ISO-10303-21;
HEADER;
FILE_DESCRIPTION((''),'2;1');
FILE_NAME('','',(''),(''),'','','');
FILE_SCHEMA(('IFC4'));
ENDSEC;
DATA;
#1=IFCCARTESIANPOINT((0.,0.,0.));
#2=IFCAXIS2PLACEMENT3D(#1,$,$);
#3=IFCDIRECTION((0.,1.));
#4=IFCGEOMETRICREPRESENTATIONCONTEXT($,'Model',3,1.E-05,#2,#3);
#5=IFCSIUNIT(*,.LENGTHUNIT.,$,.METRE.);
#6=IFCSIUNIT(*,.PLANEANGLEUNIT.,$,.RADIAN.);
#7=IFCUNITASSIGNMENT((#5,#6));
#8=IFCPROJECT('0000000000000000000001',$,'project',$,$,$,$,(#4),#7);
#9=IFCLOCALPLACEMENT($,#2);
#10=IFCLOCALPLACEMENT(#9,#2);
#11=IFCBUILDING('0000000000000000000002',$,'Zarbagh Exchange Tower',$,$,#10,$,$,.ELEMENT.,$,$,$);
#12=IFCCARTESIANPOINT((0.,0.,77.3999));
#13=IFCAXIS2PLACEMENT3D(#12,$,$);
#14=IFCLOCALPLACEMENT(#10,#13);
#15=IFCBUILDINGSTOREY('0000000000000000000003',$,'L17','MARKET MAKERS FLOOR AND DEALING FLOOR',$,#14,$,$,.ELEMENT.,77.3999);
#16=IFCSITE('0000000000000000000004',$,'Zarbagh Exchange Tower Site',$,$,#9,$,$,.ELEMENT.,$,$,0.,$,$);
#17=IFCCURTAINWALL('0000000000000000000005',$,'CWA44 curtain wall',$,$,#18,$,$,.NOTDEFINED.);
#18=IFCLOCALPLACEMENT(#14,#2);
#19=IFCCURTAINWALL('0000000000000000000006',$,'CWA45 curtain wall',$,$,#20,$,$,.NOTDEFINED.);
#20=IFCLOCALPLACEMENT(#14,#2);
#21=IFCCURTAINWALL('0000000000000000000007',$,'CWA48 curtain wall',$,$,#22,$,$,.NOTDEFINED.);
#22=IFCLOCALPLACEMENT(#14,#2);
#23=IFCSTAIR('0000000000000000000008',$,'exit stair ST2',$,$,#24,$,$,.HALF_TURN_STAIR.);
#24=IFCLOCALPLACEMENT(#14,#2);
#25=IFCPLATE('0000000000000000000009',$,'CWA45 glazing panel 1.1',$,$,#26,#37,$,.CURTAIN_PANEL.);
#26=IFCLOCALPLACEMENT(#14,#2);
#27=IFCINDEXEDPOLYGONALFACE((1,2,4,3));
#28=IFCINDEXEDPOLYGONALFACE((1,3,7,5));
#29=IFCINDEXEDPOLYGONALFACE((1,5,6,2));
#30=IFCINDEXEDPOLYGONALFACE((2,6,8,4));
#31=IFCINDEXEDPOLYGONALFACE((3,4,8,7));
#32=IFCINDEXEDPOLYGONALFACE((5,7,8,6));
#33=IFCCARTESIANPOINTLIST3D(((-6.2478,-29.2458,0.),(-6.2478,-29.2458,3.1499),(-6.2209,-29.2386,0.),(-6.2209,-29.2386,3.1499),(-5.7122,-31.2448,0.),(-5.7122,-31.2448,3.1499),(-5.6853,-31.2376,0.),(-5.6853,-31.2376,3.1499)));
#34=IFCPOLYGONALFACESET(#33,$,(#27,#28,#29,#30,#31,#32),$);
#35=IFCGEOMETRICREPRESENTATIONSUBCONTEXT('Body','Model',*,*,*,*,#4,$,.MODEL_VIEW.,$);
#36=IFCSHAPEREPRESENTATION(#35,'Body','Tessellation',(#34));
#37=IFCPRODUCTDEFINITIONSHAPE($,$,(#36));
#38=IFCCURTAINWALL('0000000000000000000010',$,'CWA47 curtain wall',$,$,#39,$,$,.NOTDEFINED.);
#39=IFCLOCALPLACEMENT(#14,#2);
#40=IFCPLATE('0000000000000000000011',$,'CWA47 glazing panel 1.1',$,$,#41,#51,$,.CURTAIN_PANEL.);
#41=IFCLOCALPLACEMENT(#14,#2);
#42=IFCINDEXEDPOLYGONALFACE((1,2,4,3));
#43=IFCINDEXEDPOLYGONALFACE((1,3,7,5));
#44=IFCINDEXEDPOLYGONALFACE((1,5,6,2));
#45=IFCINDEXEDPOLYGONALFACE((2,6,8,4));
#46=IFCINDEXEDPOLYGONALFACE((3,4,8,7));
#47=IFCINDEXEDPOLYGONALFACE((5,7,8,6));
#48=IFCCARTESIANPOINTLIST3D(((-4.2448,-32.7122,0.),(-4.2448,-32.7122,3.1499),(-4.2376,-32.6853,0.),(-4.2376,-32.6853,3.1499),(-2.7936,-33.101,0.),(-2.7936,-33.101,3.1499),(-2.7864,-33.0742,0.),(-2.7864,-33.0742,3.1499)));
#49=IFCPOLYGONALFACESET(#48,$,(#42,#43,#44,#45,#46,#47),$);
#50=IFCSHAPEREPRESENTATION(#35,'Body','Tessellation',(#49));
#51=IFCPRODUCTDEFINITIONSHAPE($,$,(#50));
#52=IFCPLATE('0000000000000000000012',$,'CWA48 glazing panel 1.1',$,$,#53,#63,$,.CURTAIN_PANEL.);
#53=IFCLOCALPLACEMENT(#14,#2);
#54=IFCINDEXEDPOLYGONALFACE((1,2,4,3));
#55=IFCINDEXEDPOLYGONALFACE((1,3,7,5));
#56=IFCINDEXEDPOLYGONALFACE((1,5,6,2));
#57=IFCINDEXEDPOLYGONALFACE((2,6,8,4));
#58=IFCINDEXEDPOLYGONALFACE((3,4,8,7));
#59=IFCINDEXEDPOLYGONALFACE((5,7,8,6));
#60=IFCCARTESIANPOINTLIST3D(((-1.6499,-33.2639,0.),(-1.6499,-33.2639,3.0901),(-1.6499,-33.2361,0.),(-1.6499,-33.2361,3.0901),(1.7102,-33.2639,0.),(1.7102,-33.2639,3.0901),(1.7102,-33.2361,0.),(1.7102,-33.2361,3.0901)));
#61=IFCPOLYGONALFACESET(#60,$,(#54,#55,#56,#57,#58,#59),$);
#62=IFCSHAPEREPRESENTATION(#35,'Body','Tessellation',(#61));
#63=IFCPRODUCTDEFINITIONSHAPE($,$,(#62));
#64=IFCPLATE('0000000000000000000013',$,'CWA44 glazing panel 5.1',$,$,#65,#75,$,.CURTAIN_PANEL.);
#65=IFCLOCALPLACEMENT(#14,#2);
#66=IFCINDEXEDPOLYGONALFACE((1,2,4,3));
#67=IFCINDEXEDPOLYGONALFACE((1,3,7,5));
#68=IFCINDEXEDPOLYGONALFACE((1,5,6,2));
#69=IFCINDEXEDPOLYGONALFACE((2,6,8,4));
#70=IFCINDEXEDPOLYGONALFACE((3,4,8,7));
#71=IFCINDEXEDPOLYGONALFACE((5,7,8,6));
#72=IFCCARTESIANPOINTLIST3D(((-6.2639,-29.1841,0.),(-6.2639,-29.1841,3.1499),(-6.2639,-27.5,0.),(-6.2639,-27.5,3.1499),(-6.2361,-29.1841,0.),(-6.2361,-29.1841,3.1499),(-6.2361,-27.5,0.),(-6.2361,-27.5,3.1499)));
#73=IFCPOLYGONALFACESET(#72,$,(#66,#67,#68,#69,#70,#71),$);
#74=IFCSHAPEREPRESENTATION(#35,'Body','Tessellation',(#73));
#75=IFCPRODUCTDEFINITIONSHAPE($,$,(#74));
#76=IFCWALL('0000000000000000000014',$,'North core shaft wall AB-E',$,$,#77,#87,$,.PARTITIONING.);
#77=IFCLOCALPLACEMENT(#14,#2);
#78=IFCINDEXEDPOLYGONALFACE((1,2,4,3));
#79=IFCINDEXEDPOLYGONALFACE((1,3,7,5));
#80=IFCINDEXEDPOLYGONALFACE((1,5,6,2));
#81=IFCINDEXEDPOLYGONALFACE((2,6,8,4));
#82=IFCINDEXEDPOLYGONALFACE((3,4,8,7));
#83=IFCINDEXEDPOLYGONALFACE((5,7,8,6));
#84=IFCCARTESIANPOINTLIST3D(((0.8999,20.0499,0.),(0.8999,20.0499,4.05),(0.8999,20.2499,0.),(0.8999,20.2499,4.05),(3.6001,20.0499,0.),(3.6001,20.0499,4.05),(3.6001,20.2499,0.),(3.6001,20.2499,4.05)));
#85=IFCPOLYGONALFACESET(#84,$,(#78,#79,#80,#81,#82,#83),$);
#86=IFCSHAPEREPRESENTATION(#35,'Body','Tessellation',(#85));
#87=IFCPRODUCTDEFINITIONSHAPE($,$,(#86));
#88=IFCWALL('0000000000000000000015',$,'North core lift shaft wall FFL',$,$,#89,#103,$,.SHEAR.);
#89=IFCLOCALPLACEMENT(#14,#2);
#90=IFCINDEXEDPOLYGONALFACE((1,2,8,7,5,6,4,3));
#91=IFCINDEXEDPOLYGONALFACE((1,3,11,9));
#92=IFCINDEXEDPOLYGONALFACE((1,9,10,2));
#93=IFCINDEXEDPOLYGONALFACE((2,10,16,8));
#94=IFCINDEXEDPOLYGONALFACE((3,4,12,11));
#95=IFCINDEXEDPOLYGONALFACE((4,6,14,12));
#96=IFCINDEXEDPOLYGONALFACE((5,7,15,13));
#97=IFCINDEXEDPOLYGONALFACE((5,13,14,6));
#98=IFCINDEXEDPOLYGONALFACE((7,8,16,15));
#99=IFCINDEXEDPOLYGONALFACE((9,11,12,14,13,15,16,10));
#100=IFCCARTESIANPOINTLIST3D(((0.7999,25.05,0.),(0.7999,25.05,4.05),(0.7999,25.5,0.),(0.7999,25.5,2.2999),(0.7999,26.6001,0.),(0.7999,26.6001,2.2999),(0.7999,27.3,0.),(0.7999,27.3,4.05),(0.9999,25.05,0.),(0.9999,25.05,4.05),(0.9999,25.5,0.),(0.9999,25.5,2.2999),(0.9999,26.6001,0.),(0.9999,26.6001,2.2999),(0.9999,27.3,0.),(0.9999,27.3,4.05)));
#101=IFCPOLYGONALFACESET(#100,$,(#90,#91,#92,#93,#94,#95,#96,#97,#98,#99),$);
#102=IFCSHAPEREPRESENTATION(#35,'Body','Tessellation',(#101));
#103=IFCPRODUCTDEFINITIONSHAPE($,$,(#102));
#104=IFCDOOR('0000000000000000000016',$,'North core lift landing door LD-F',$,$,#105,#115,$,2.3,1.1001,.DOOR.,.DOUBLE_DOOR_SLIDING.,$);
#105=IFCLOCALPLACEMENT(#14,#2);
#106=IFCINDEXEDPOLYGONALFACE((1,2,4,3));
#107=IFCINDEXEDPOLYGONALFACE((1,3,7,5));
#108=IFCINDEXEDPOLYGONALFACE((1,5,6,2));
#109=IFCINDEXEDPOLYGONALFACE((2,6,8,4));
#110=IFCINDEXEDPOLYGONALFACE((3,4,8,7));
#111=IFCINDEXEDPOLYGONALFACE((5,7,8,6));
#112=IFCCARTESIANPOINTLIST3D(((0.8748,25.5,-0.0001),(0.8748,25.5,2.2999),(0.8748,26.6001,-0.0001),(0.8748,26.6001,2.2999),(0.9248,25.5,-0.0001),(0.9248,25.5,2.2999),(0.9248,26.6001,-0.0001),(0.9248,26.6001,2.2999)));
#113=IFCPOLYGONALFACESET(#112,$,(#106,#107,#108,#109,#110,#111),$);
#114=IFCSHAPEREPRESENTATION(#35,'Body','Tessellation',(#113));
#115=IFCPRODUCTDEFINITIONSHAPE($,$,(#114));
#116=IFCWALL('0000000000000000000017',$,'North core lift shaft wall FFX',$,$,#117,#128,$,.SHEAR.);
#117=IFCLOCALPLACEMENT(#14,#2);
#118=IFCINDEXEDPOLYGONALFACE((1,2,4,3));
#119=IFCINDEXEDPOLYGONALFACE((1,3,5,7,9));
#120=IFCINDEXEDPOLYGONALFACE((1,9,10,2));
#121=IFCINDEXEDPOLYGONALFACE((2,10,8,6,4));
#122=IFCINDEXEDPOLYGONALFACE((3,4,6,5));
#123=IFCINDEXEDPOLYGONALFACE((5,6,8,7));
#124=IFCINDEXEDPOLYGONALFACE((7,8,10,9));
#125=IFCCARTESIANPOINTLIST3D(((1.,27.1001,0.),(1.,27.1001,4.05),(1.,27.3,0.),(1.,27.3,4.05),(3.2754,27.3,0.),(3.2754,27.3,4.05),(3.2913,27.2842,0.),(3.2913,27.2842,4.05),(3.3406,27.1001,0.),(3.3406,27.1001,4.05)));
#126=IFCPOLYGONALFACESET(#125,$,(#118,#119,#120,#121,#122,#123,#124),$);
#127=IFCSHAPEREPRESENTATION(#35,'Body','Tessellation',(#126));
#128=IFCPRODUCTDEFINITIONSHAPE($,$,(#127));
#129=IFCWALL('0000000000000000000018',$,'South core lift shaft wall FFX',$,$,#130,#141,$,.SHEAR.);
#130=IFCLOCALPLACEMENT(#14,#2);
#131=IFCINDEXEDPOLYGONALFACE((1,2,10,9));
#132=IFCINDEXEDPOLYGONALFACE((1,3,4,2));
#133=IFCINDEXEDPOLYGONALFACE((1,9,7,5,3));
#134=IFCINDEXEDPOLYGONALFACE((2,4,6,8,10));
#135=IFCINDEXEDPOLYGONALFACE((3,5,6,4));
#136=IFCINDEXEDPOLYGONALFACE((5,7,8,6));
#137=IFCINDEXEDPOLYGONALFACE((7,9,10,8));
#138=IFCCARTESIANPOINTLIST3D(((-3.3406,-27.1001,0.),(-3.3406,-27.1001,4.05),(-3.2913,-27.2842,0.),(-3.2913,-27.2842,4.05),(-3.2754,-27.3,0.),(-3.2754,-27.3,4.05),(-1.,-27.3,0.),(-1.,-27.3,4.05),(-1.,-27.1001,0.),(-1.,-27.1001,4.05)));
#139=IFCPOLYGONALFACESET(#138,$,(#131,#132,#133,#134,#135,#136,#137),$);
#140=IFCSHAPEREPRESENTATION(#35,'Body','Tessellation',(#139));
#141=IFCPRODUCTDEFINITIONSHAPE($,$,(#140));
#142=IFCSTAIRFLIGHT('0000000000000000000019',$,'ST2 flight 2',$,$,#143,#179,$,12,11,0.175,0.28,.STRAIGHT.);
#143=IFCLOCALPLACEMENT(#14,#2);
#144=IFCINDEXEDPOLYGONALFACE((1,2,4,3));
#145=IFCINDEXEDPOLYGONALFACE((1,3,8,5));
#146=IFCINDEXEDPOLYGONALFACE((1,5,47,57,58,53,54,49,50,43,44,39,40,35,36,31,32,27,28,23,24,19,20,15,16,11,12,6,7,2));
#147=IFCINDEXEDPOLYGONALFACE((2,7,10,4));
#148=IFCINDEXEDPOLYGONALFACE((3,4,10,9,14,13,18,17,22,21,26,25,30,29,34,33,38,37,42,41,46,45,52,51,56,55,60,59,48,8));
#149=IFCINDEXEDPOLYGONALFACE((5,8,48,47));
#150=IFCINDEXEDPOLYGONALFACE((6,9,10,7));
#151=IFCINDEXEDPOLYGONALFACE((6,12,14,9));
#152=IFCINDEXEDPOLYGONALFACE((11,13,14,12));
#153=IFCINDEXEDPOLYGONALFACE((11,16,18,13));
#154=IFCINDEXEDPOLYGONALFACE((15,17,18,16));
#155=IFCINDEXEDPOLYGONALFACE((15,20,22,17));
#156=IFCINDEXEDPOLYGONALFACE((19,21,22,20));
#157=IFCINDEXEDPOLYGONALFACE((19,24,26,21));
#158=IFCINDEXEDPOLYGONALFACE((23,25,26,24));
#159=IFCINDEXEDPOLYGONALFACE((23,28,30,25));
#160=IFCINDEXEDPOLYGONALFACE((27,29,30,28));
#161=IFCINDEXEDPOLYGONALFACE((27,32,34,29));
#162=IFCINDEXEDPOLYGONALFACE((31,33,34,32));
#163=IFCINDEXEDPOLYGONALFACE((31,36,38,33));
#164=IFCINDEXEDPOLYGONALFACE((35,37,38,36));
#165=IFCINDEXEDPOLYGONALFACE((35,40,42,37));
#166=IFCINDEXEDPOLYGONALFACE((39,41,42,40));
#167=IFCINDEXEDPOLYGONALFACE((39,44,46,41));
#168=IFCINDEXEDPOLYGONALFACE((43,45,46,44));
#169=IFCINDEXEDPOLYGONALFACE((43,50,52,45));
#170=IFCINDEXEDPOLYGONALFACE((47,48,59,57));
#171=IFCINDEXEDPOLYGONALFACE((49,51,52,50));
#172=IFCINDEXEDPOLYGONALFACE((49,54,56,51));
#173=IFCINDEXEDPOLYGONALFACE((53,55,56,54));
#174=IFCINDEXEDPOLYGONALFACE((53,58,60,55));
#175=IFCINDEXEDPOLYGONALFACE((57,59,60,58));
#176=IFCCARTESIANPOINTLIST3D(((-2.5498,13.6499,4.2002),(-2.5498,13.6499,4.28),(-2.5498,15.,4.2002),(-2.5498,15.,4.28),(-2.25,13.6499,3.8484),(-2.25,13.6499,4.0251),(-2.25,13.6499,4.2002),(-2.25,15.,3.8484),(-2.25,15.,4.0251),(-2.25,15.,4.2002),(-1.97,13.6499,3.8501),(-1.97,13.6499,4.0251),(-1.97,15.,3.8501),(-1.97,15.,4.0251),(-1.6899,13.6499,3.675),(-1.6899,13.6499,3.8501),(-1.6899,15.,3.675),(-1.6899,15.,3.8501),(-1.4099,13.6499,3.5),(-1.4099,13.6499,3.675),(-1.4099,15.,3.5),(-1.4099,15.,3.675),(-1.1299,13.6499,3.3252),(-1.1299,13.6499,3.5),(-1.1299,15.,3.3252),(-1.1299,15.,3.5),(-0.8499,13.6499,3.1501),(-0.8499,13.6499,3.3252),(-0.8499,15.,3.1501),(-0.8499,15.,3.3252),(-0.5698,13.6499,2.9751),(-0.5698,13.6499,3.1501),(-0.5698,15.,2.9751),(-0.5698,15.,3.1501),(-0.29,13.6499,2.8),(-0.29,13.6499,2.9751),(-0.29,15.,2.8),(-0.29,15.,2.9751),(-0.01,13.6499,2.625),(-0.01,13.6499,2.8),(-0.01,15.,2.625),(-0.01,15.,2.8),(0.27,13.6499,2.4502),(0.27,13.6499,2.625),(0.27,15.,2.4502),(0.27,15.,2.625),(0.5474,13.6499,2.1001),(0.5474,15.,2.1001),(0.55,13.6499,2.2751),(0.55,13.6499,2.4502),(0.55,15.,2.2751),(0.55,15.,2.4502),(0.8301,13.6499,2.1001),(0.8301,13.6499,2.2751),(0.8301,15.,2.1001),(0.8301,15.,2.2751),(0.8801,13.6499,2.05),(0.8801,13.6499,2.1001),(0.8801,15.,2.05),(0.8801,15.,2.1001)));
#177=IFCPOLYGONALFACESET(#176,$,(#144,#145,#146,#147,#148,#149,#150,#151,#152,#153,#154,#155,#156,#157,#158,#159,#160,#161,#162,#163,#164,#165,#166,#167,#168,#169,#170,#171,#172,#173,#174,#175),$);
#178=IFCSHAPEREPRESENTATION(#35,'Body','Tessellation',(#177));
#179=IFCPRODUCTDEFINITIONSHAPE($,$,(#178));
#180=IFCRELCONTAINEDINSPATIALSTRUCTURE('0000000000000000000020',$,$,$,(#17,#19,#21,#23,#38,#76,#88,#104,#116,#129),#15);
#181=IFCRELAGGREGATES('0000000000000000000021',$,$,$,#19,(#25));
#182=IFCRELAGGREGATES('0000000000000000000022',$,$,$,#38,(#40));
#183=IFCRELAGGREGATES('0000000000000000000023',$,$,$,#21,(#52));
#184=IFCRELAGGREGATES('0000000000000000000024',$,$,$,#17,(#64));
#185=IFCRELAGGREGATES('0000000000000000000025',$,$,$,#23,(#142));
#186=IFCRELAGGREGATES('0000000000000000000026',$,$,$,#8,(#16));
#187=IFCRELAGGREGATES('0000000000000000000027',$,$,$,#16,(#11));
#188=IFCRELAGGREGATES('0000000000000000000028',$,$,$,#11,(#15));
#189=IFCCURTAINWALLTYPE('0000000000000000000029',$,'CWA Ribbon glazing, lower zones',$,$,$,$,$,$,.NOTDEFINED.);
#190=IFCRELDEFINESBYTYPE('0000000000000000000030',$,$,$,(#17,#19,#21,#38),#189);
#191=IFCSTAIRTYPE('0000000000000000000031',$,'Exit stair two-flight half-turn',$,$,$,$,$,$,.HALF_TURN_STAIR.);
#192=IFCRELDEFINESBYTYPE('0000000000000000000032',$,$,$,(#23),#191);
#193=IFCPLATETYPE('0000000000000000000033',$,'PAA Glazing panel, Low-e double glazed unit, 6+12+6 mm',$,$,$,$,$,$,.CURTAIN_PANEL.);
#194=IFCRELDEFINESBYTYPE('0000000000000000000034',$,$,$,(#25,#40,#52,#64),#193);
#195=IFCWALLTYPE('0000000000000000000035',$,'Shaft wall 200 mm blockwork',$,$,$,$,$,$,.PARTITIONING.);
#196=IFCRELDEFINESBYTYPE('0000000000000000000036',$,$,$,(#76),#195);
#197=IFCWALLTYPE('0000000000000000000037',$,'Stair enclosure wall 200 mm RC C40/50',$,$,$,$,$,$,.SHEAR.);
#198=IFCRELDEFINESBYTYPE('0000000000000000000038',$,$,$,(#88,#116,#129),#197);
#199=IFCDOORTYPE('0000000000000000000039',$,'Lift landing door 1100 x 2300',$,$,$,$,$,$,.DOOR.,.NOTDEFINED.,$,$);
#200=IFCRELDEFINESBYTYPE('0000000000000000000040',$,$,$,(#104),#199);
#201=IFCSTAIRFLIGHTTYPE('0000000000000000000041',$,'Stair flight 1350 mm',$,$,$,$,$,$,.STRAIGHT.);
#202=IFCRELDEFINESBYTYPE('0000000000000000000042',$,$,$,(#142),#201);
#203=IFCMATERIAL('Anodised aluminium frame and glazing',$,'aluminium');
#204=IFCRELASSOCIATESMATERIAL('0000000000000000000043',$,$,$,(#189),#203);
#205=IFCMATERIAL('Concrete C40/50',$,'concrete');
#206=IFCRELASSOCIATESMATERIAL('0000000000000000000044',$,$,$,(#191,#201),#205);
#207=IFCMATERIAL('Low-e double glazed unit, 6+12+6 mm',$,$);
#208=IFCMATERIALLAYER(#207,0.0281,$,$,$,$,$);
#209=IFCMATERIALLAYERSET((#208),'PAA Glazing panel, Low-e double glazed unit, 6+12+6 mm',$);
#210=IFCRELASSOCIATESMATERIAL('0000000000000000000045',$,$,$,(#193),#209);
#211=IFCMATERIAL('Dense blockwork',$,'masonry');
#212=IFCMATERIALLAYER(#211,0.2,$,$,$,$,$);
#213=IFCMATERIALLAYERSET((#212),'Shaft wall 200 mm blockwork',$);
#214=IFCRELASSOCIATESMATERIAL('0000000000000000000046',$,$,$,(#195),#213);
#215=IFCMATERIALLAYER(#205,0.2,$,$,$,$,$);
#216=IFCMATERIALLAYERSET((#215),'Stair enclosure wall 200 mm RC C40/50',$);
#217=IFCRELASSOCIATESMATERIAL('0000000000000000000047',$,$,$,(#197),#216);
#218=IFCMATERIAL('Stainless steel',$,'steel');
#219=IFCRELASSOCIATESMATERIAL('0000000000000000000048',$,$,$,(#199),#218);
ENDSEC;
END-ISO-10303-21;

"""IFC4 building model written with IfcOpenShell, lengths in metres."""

from ifc_helpers import new_model, si_unit, direction, frame, frame_2d, origin, place, context, subcontext, project, spatial, polyline, rectangle, outline, extrude, source, transform, mapped, material, layer, layer_set, type_object, element, fill, aggregate, save


model = new_model("IFC4")

# Units and contexts
model_context = context("Model", 3, precision=1e-05, world=origin(), true_north=direction((0.0, 1.0)))
body_context = subcontext(model_context, "Body", "Model", "MODEL_VIEW")
ifc_project = project(units=[si_unit("LENGTHUNIT", "METRE"), si_unit("PLANEANGLEUNIT", "RADIAN")], contexts=[model_context])

# Site, building, storey
site_placement = place(None, origin())
site = spatial("IfcSite", under=ifc_project, at=site_placement, Name="Zarbagh Exchange Tower Site", CompositionType="ELEMENT", RefElevation=0.0)
building_placement = place(site_placement, origin())
building = spatial("IfcBuilding", under=site, at=building_placement, Name="Zarbagh Exchange Tower", CompositionType="ELEMENT")
storey_placement = place(building_placement, frame((0.0, 0.0, 77.3999)))
storey = spatial("IfcBuildingStorey", under=building, at=storey_placement, Name="L17", Description="MARKET MAKERS FLOOR AND DEALING FLOOR", CompositionType="ELEMENT", Elevation=77.3999)

# Curtain wall
ifc_material_1 = material(Name="Anodised aluminium frame and glazing", Category="aluminium")
curtain_wall_type = type_object("IfcCurtainWallType", Name="CWA Ribbon glazing, lower zones", PredefinedType="NOTDEFINED", material=ifc_material_1)
curtain_wall_1_placement = place(storey_placement, origin())
curtain_wall_1 = element("IfcCurtainWall", 1, at=curtain_wall_1_placement, inside=storey, type_object=curtain_wall_type, Name="CWA44 curtain wall", PredefinedType="NOTDEFINED")
placement = place(storey_placement, origin())

# Curtain wall
curtain_wall_2_placement = place(storey_placement, origin())
curtain_wall_2 = element("IfcCurtainWall", 2, at=curtain_wall_2_placement, inside=storey, type_object=curtain_wall_type, Name="CWA45 curtain wall", PredefinedType="NOTDEFINED")

# Curtain wall
curtain_wall_3_placement = place(storey_placement, origin())
curtain_wall_3 = element("IfcCurtainWall", 3, at=curtain_wall_3_placement, inside=storey, type_object=curtain_wall_type, Name="CWA48 curtain wall", PredefinedType="NOTDEFINED")

# Stair
ifc_material_2 = material(Name="Concrete C40/50", Category="concrete")
stair_type = type_object("IfcStairType", Name="Exit stair two-flight half-turn", PredefinedType="HALF_TURN_STAIR", material=ifc_material_2)
stair_1_placement = place(storey_placement, origin())
stair_1 = element("IfcStair", 4, at=stair_1_placement, inside=storey, type_object=stair_type, Name="exit stair ST2", PredefinedType="HALF_TURN_STAIR")

# Shared definitions
ifc_material_3 = material(Name="Low-e double glazed unit, 6+12+6 mm")
ifc_layer_1 = layer(ifc_material_3, 0.0281)
ifc_layer_set_1 = layer_set([ifc_layer_1], Name="PAA Glazing panel, Low-e double glazed unit, 6+12+6 mm")
plate_type = type_object("IfcPlateType", Name="PAA Glazing panel, Low-e double glazed unit, 6+12+6 mm", PredefinedType="CURTAIN_PANEL", material=ifc_layer_set_1)

# Plate
shared_shape_1 = source(origin(), body_context, "Body", "SweptSolid", [
    extrude(outline(polyline([(0.0, -0.0139), (2.0696, -0.0139), (2.0696, 0.0139), (0.0, 0.0139), (0.0, -0.0139)])), origin(), (0.0, 0.0, 1.0), 3.1499),
])
plate_1 = element("IfcPlate", 5, at=placement, type_object=plate_type, Name="CWA45 glazing panel 1.1", PredefinedType="CURTAIN_PANEL", context=body_context, shape_type="MappedRepresentation", body=[
    mapped(shared_shape_1, transform((-6.2344, -29.2422, 0.0), x_axis=(0.258825, -0.965924, 0.0), y_axis=(0.965924, 0.258825, 0.0), z_axis=(0.0, 0.0, 1.0))),
])
aggregate(curtain_wall_2, [plate_1])

# Curtain wall, plate
curtain_wall_4_placement = place(storey_placement, origin())
curtain_wall_4 = element("IfcCurtainWall", 6, at=curtain_wall_4_placement, inside=storey, type_object=curtain_wall_type, Name="CWA47 curtain wall", PredefinedType="NOTDEFINED")
shared_shape_2 = source(origin(), body_context, "Body", "SweptSolid", [
    extrude(outline(polyline([(0.0, -0.0139), (1.5024, -0.0139), (1.5024, 0.0139), (0.0, 0.0139), (0.0, -0.0139)])), origin(), (0.0, 0.0, 1.0), 3.1499),
])
plate_2 = element("IfcPlate", 7, at=placement, type_object=plate_type, Name="CWA47 glazing panel 1.1", PredefinedType="CURTAIN_PANEL", context=body_context, shape_type="MappedRepresentation", body=[
    mapped(shared_shape_2, transform((-4.2412, -32.6987, 0.0), x_axis=(0.965924, -0.258825, 0.0), y_axis=(0.258825, 0.965924, 0.0), z_axis=(0.0, 0.0, 1.0))),
])
aggregate(curtain_wall_4, [plate_2])

# Plates
shared_shape_3 = source(origin(), body_context, "Body", "SweptSolid", [
    extrude(outline(polyline([(0.0, -0.0139), (3.3601, -0.0139), (3.3601, 0.0139), (0.0, 0.0139), (0.0, -0.0139)])), origin(), (0.0, 0.0, 1.0), 3.0901),
])
plate_3 = element("IfcPlate", 8, at=placement, type_object=plate_type, Name="CWA48 glazing panel 1.1", PredefinedType="CURTAIN_PANEL", context=body_context, shape_type="MappedRepresentation", body=[
    mapped(shared_shape_3, transform((-1.6499, -33.25, 0.0), x_axis=(1.0, 0.0, 0.0), y_axis=(0.0, 1.0, 0.0), z_axis=(0.0, 0.0, 1.0))),
])
aggregate(curtain_wall_3, [plate_3])
shared_shape_4 = source(origin(), body_context, "Body", "SweptSolid", [
    extrude(outline(polyline([(0.0, -0.0139), (1.6841, -0.0139), (1.6841, 0.0139), (0.0, 0.0139), (0.0, -0.0139)])), origin(), (0.0, 0.0, 1.0), 3.1499),
])
plate_4 = element("IfcPlate", 9, at=placement, type_object=plate_type, Name="CWA44 glazing panel 5.1", PredefinedType="CURTAIN_PANEL", context=body_context, shape_type="MappedRepresentation", body=[
    mapped(shared_shape_4, transform((-6.25, -27.5, 0.0), x_axis=(0.0, -1.0, 0.0), y_axis=(1.0, 0.0, 0.0), z_axis=(0.0, 0.0, 1.0))),
])
aggregate(curtain_wall_1, [plate_4])

# Wall
ifc_material_4 = material(Name="Dense blockwork", Category="masonry")
ifc_layer_2 = layer(ifc_material_4, 0.2)
ifc_layer_set_2 = layer_set([ifc_layer_2], Name="Shaft wall 200 mm blockwork")
wall_type_1 = type_object("IfcWallType", Name="Shaft wall 200 mm blockwork", PredefinedType="PARTITIONING", material=ifc_layer_set_2)
wall_1_placement = place(storey_placement, frame((0.8999, 20.1499, 0.0), z_axis=(0.0, 0.0, 1.0), x_axis=(1.0, 0.0, 0.0)))
element("IfcWall", 10, at=wall_1_placement, inside=storey, type_object=wall_type_1, Name="North core shaft wall AB-E", PredefinedType="PARTITIONING", context=body_context, shape_type="SweptSolid", body=[
    extrude(rectangle(XDim=2.7002, YDim=0.2, at=frame_2d((1.3501, 0.0))), origin(), (0.0, 0.0, 1.0), 4.05),
])

# Wall, opening, door
ifc_layer_3 = layer(ifc_material_2, 0.2)
ifc_layer_set_3 = layer_set([ifc_layer_3], Name="Stair enclosure wall 200 mm RC C40/50")
wall_type_2 = type_object("IfcWallType", Name="Stair enclosure wall 200 mm RC C40/50", PredefinedType="SHEAR", material=ifc_layer_set_3)
wall_2_placement = place(storey_placement, frame((0.8999, 27.3, 0.0), z_axis=(0.0, 0.0, 1.0), x_axis=(0.0, -1.0, 0.0)))
wall_2 = element("IfcWall", 11, at=wall_2_placement, inside=storey, type_object=wall_type_2, Name="North core lift shaft wall FFL", PredefinedType="SHEAR", context=body_context, shape_type="SweptSolid", body=[
    extrude(rectangle(XDim=2.25, YDim=0.2, at=frame_2d((1.125, 0.0))), origin(), (0.0, 0.0, 1.0), 4.05),
])
opening_placement = place(wall_2_placement, frame((0.7, 0.0, 0.0)))
opening = element("IfcOpeningElement", 12, at=opening_placement, cuts=wall_2, PredefinedType="OPENING", context=body_context, shape_type="SweptSolid", body=[
    extrude(rectangle(XDim=1.1001, YDim=2.3, at=frame_2d((0.55, 1.1499))), frame((0.0, 0.1099, 0.0), z_axis=(0.0, -1.0, 0.0), x_axis=(1.0, 0.0, 0.0)), (0.0, 0.0, 1.0), 0.22),
])
ifc_material_5 = material(Name="Stainless steel", Category="steel")
door_type = type_object("IfcDoorType", Name="Lift landing door 1100 x 2300", OperationType="NOTDEFINED", PredefinedType="DOOR", material=ifc_material_5)
door_placement = place(opening_placement, origin())
door = element("IfcDoor", 13, at=door_placement, inside=storey, type_object=door_type, Name="North core lift landing door LD-F", OperationType="DOUBLE_DOOR_SLIDING", OverallHeight=2.3, OverallWidth=1.1001, PredefinedType="DOOR", context=body_context, shape_type="SweptSolid", body=[
    extrude(rectangle(XDim=1.1001, YDim=2.3, at=frame_2d((0.55, 1.1499))), frame((0.0, 0.0249, 0.0), z_axis=(0.0, -1.0, 0.0), x_axis=(1.0, 0.0, 0.0)), (0.0, 0.0, 1.0), 0.05),
])
fill(opening, door)

# Walls
wall_3_placement = place(storey_placement, origin())
element("IfcWall", 14, at=wall_3_placement, inside=storey, type_object=wall_type_2, Name="North core lift shaft wall FFX", PredefinedType="SHEAR", context=body_context, shape_type="SweptSolid", body=[
    extrude(outline(polyline([(1.0, 27.1001), (3.3406, 27.1001), (3.2913, 27.2842), (3.2754, 27.3), (1.0, 27.3), (1.0, 27.1001)])), origin(), (0.0, 0.0, 1.0), 4.05),
])
wall_4_placement = place(storey_placement, origin())
element("IfcWall", 15, at=wall_4_placement, inside=storey, type_object=wall_type_2, Name="South core lift shaft wall FFX", PredefinedType="SHEAR", context=body_context, shape_type="SweptSolid", body=[
    extrude(outline(polyline([(-1.0, -27.1001), (-3.3406, -27.1001), (-3.2913, -27.2842), (-3.2754, -27.3), (-1.0, -27.3), (-1.0, -27.1001)])), origin(), (0.0, 0.0, 1.0), 4.05),
])

# Stair flight
stair_flight_type = type_object("IfcStairFlightType", Name="Stair flight 1350 mm", PredefinedType="STRAIGHT", material=ifc_material_2)
stair_flight_placement = place(storey_placement, frame((0.8301, 14.325, 2.1001), z_axis=(0.0, 0.0, 1.0), x_axis=(-1.0, 0.0, 0.0)))
stair_flight = element("IfcStairFlight", 16, at=stair_flight_placement, type_object=stair_flight_type, Name="ST2 flight 2", NumberOfRisers=12, NumberOfTreads=11, PredefinedType="STRAIGHT", RiserHeight=0.175, TreadLength=0.28, context=body_context, shape_type="SweptSolid", body=[
    extrude(outline(polyline([(-0.05, -0.05), (-0.05, 0.0), (0.0, 0.0), (0.0, 0.175), (0.28, 0.175), (0.28, 0.3501), (0.5601, 0.3501), (0.5601, 0.5249), (0.8401, 0.5249), (0.8401, 0.7), (1.1201, 0.7), (1.1201, 0.875), (1.3999, 0.875), (1.3999, 1.05), (1.6799, 1.05), (1.6799, 1.2251), (1.96, 1.2251), (1.96, 1.3999), (2.24, 1.3999), (2.24, 1.575), (2.52, 1.575), (2.52, 1.75), (2.8, 1.75), (2.8, 1.925), (3.0801, 1.925), (3.0801, 2.1001), (3.3799, 2.1799), (3.3799, 2.1001), (3.0801, 1.7483), (0.2827, 0.0), (-0.05, -0.05)])), frame((0.0, 0.675, 0.0), z_axis=(0.0, -1.0, 0.0), x_axis=(1.0, 0.0, 0.0)), (0.0, 0.0, 1.0), 1.3501),
])
aggregate(stair_1, [stair_flight])

save(model, "model.ifc")
